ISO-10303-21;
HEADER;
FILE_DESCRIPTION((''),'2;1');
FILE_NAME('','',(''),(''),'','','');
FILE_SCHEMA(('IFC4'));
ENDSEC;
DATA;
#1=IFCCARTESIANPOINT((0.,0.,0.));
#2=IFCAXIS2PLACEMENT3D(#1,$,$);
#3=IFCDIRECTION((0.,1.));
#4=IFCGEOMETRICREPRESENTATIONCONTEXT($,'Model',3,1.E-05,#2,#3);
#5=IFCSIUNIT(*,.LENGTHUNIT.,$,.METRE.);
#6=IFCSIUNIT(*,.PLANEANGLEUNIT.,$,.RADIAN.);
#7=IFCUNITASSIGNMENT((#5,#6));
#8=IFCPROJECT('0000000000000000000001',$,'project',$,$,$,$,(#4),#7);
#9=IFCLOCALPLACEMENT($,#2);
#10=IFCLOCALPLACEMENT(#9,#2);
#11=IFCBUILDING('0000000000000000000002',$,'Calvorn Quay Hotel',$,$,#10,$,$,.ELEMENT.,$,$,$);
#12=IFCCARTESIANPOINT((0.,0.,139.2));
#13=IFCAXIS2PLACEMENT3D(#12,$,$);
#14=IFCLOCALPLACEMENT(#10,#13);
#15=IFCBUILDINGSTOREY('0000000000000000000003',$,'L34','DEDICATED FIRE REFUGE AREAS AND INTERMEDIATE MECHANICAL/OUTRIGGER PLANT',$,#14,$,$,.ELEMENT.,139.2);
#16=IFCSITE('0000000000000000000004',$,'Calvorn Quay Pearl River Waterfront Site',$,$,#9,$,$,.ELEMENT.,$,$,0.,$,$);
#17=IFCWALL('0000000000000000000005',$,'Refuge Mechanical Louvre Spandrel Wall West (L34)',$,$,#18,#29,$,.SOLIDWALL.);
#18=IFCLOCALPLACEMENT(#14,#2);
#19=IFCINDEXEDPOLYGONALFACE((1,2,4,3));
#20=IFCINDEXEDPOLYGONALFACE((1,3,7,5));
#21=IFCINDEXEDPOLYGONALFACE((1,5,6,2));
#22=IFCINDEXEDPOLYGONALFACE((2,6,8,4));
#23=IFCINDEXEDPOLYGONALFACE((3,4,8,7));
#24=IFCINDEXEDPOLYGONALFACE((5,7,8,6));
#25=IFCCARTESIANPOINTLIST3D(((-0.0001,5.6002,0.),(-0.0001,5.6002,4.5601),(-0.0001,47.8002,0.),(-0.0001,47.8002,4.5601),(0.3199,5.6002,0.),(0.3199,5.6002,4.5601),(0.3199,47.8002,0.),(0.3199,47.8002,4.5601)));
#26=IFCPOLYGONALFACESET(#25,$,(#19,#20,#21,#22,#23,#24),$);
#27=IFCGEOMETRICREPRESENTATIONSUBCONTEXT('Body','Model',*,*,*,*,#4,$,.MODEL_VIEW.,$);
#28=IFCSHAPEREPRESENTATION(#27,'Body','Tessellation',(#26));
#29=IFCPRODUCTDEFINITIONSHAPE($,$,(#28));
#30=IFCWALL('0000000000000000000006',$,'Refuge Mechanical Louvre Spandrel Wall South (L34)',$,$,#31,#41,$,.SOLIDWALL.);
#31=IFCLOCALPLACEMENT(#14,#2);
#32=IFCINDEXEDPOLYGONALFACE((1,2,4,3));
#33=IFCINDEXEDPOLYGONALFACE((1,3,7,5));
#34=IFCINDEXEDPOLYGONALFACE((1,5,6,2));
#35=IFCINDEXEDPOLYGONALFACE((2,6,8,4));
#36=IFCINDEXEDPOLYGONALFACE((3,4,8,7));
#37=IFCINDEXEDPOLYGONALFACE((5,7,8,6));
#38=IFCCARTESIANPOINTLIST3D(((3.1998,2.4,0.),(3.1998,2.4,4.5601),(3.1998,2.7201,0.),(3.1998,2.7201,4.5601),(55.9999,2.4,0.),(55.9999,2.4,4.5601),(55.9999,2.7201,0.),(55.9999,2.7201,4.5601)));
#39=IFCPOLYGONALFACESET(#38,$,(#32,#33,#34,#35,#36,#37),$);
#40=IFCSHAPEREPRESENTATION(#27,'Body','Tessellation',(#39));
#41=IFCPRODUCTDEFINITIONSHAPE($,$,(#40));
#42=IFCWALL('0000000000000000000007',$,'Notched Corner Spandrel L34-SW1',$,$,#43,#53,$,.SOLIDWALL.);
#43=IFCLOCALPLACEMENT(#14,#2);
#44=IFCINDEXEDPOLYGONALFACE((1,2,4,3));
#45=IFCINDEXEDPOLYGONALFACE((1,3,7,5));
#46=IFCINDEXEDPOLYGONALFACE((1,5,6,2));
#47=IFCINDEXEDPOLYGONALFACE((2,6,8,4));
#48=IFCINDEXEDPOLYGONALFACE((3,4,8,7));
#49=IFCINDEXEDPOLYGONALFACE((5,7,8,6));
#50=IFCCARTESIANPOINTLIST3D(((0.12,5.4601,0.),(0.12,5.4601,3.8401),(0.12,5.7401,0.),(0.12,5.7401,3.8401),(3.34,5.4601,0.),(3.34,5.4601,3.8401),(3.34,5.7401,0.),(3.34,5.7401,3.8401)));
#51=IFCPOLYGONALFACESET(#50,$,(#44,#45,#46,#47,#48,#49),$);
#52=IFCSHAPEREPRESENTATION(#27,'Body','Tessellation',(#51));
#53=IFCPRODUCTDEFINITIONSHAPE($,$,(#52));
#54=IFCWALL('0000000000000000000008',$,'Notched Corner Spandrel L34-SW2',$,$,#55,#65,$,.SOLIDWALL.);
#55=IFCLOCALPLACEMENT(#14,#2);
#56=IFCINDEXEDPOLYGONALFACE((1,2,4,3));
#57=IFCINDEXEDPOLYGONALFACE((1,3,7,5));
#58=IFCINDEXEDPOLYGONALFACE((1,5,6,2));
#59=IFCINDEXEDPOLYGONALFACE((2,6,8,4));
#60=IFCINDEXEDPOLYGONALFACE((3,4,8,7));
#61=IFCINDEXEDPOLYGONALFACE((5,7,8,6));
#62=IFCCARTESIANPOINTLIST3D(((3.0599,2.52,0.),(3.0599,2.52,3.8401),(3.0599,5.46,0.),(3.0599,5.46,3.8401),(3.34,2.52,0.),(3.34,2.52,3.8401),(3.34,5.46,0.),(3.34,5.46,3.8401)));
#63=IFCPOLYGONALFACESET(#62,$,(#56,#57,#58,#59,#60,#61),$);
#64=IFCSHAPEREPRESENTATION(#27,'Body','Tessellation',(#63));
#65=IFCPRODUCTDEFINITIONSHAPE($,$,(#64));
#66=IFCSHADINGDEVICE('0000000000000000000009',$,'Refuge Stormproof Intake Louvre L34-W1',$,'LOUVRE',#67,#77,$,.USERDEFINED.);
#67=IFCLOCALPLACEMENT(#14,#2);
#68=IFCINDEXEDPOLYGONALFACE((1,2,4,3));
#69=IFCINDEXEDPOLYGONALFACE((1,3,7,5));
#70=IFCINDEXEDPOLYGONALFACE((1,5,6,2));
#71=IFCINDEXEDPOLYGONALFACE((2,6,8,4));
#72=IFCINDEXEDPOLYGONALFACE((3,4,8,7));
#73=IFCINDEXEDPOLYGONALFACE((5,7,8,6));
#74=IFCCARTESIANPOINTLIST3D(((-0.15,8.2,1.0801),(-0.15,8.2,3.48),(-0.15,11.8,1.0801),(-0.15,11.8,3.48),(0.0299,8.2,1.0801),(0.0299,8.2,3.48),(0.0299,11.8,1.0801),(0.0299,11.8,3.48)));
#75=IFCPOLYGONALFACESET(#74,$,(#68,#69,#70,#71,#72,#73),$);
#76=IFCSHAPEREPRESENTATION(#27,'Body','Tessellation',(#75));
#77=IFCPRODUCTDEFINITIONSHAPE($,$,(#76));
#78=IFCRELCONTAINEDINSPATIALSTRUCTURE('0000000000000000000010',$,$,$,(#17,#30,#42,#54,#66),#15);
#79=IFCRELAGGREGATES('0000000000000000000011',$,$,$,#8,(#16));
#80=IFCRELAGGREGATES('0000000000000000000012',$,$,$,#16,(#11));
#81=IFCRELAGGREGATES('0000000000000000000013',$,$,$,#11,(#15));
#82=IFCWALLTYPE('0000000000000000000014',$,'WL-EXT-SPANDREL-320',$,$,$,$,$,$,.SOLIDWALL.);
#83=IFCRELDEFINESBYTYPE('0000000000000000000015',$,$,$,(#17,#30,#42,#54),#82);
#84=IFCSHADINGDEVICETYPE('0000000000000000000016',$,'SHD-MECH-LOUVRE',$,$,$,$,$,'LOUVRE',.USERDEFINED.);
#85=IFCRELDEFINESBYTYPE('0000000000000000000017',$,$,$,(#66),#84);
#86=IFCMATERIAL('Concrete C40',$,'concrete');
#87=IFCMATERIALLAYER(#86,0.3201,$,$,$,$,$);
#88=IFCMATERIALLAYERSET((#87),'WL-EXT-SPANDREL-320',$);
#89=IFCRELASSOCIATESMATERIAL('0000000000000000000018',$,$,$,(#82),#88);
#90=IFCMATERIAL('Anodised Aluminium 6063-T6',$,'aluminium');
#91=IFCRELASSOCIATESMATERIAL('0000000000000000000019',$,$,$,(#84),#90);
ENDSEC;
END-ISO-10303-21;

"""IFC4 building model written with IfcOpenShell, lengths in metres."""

from ifc_helpers import new_model, si_unit, direction, frame, frame_2d, origin, origin_2d, place, context, subcontext, project, spatial, rectangle, extrude, material, layer, layer_set, type_object, element, save


model = new_model("IFC4")

# Units and contexts
model_context = context("Model", 3, precision=1e-05, world=origin(), true_north=direction((0.0, 1.0)))
body_context = subcontext(model_context, "Body", "Model", "MODEL_VIEW")
ifc_project = project(units=[si_unit("LENGTHUNIT", "METRE"), si_unit("PLANEANGLEUNIT", "RADIAN")], contexts=[model_context])

# Site, building, storey
site_placement = place(None, origin())
site = spatial("IfcSite", under=ifc_project, at=site_placement, Name="Calvorn Quay Pearl River Waterfront Site", CompositionType="ELEMENT", RefElevation=0.0)
building_placement = place(site_placement, origin())
building = spatial("IfcBuilding", under=site, at=building_placement, Name="Calvorn Quay Hotel", CompositionType="ELEMENT")
storey_placement = place(building_placement, frame((0.0, 0.0, 139.2)))
storey = spatial("IfcBuildingStorey", under=building, at=storey_placement, Name="L34", Description="DEDICATED FIRE REFUGE AREAS AND INTERMEDIATE MECHANICAL/OUTRIGGER PLANT", CompositionType="ELEMENT", Elevation=139.2)

# Walls
ifc_material_1 = material(Name="Concrete C40", Category="concrete")
ifc_layer_1 = layer(ifc_material_1, 0.3201)
ifc_layer_set_1 = layer_set([ifc_layer_1], Name="WL-EXT-SPANDREL-320")
wall_type = type_object("IfcWallType", Name="WL-EXT-SPANDREL-320", PredefinedType="SOLIDWALL", material=ifc_layer_set_1)
wall_1_placement = place(storey_placement, frame((0.1599, 5.6001, 0.0), z_axis=(0.0, 0.0, 1.0), x_axis=(0.0, 1.0, 0.0)))
element("IfcWall", 1, at=wall_1_placement, inside=storey, type_object=wall_type, Name="Refuge Mechanical Louvre Spandrel Wall West (L34)", PredefinedType="SOLIDWALL", context=body_context, shape_type="SweptSolid", body=[
    extrude(rectangle(XDim=42.2, YDim=0.3201, at=frame_2d((21.1001, 0.0))), origin(), (0.0, 0.0, 1.0), 4.5601),
])
wall_2_placement = place(storey_placement, frame((3.2, 2.5601, 0.0), z_axis=(0.0, 0.0, 1.0), x_axis=(1.0, 0.0, 0.0)))
element("IfcWall", 2, at=wall_2_placement, inside=storey, type_object=wall_type, Name="Refuge Mechanical Louvre Spandrel Wall South (L34)", PredefinedType="SOLIDWALL", context=body_context, shape_type="SweptSolid", body=[
    extrude(rectangle(XDim=52.8, YDim=0.3201, at=frame_2d((26.3999, 0.0))), origin(), (0.0, 0.0, 1.0), 4.5601),
])
wall_3_placement = place(storey_placement, frame((0.1201, 5.6001, 0.0), z_axis=(0.0, 0.0, 1.0), x_axis=(1.0, 0.0, 0.0)))
element("IfcWall", 3, at=wall_3_placement, inside=storey, type_object=wall_type, Name="Notched Corner Spandrel L34-SW1", PredefinedType="SOLIDWALL", context=body_context, shape_type="SweptSolid", body=[
    extrude(rectangle(XDim=3.22, YDim=0.28, at=frame_2d((1.6099, 0.0))), origin(), (0.0, 0.0, 1.0), 3.8401),
])
wall_4_placement = place(storey_placement, frame((3.2, 5.46, 0.0), z_axis=(0.0, 0.0, 1.0), x_axis=(0.0, -1.0, 0.0)))
element("IfcWall", 4, at=wall_4_placement, inside=storey, type_object=wall_type, Name="Notched Corner Spandrel L34-SW2", PredefinedType="SOLIDWALL", context=body_context, shape_type="SweptSolid", body=[
    extrude(rectangle(XDim=2.9399, YDim=0.28, at=frame_2d((1.47, 0.0))), origin(), (0.0, 0.0, 1.0), 3.8401),
])

# Shading device
ifc_material_2 = material(Name="Anodised Aluminium 6063-T6", Category="aluminium")
shading_device_type = type_object("IfcShadingDeviceType", Name="SHD-MECH-LOUVRE", ElementType="LOUVRE", PredefinedType="USERDEFINED", material=ifc_material_2)
shading_device_placement = place(storey_placement, frame((-0.0601, 10.0, 1.0801), z_axis=(0.0, 0.0, 1.0), x_axis=(1.0, 0.0, 0.0)))
element("IfcShadingDevice", 5, at=shading_device_placement, inside=storey, type_object=shading_device_type, Name="Refuge Stormproof Intake Louvre L34-W1", ObjectType="LOUVRE", PredefinedType="USERDEFINED", context=body_context, shape_type="SweptSolid", body=[
    extrude(rectangle(XDim=0.1799, YDim=3.6001, at=origin_2d()), origin(), (0.0, 0.0, 1.0), 2.3999),
])

save(model, "model.ifc")
